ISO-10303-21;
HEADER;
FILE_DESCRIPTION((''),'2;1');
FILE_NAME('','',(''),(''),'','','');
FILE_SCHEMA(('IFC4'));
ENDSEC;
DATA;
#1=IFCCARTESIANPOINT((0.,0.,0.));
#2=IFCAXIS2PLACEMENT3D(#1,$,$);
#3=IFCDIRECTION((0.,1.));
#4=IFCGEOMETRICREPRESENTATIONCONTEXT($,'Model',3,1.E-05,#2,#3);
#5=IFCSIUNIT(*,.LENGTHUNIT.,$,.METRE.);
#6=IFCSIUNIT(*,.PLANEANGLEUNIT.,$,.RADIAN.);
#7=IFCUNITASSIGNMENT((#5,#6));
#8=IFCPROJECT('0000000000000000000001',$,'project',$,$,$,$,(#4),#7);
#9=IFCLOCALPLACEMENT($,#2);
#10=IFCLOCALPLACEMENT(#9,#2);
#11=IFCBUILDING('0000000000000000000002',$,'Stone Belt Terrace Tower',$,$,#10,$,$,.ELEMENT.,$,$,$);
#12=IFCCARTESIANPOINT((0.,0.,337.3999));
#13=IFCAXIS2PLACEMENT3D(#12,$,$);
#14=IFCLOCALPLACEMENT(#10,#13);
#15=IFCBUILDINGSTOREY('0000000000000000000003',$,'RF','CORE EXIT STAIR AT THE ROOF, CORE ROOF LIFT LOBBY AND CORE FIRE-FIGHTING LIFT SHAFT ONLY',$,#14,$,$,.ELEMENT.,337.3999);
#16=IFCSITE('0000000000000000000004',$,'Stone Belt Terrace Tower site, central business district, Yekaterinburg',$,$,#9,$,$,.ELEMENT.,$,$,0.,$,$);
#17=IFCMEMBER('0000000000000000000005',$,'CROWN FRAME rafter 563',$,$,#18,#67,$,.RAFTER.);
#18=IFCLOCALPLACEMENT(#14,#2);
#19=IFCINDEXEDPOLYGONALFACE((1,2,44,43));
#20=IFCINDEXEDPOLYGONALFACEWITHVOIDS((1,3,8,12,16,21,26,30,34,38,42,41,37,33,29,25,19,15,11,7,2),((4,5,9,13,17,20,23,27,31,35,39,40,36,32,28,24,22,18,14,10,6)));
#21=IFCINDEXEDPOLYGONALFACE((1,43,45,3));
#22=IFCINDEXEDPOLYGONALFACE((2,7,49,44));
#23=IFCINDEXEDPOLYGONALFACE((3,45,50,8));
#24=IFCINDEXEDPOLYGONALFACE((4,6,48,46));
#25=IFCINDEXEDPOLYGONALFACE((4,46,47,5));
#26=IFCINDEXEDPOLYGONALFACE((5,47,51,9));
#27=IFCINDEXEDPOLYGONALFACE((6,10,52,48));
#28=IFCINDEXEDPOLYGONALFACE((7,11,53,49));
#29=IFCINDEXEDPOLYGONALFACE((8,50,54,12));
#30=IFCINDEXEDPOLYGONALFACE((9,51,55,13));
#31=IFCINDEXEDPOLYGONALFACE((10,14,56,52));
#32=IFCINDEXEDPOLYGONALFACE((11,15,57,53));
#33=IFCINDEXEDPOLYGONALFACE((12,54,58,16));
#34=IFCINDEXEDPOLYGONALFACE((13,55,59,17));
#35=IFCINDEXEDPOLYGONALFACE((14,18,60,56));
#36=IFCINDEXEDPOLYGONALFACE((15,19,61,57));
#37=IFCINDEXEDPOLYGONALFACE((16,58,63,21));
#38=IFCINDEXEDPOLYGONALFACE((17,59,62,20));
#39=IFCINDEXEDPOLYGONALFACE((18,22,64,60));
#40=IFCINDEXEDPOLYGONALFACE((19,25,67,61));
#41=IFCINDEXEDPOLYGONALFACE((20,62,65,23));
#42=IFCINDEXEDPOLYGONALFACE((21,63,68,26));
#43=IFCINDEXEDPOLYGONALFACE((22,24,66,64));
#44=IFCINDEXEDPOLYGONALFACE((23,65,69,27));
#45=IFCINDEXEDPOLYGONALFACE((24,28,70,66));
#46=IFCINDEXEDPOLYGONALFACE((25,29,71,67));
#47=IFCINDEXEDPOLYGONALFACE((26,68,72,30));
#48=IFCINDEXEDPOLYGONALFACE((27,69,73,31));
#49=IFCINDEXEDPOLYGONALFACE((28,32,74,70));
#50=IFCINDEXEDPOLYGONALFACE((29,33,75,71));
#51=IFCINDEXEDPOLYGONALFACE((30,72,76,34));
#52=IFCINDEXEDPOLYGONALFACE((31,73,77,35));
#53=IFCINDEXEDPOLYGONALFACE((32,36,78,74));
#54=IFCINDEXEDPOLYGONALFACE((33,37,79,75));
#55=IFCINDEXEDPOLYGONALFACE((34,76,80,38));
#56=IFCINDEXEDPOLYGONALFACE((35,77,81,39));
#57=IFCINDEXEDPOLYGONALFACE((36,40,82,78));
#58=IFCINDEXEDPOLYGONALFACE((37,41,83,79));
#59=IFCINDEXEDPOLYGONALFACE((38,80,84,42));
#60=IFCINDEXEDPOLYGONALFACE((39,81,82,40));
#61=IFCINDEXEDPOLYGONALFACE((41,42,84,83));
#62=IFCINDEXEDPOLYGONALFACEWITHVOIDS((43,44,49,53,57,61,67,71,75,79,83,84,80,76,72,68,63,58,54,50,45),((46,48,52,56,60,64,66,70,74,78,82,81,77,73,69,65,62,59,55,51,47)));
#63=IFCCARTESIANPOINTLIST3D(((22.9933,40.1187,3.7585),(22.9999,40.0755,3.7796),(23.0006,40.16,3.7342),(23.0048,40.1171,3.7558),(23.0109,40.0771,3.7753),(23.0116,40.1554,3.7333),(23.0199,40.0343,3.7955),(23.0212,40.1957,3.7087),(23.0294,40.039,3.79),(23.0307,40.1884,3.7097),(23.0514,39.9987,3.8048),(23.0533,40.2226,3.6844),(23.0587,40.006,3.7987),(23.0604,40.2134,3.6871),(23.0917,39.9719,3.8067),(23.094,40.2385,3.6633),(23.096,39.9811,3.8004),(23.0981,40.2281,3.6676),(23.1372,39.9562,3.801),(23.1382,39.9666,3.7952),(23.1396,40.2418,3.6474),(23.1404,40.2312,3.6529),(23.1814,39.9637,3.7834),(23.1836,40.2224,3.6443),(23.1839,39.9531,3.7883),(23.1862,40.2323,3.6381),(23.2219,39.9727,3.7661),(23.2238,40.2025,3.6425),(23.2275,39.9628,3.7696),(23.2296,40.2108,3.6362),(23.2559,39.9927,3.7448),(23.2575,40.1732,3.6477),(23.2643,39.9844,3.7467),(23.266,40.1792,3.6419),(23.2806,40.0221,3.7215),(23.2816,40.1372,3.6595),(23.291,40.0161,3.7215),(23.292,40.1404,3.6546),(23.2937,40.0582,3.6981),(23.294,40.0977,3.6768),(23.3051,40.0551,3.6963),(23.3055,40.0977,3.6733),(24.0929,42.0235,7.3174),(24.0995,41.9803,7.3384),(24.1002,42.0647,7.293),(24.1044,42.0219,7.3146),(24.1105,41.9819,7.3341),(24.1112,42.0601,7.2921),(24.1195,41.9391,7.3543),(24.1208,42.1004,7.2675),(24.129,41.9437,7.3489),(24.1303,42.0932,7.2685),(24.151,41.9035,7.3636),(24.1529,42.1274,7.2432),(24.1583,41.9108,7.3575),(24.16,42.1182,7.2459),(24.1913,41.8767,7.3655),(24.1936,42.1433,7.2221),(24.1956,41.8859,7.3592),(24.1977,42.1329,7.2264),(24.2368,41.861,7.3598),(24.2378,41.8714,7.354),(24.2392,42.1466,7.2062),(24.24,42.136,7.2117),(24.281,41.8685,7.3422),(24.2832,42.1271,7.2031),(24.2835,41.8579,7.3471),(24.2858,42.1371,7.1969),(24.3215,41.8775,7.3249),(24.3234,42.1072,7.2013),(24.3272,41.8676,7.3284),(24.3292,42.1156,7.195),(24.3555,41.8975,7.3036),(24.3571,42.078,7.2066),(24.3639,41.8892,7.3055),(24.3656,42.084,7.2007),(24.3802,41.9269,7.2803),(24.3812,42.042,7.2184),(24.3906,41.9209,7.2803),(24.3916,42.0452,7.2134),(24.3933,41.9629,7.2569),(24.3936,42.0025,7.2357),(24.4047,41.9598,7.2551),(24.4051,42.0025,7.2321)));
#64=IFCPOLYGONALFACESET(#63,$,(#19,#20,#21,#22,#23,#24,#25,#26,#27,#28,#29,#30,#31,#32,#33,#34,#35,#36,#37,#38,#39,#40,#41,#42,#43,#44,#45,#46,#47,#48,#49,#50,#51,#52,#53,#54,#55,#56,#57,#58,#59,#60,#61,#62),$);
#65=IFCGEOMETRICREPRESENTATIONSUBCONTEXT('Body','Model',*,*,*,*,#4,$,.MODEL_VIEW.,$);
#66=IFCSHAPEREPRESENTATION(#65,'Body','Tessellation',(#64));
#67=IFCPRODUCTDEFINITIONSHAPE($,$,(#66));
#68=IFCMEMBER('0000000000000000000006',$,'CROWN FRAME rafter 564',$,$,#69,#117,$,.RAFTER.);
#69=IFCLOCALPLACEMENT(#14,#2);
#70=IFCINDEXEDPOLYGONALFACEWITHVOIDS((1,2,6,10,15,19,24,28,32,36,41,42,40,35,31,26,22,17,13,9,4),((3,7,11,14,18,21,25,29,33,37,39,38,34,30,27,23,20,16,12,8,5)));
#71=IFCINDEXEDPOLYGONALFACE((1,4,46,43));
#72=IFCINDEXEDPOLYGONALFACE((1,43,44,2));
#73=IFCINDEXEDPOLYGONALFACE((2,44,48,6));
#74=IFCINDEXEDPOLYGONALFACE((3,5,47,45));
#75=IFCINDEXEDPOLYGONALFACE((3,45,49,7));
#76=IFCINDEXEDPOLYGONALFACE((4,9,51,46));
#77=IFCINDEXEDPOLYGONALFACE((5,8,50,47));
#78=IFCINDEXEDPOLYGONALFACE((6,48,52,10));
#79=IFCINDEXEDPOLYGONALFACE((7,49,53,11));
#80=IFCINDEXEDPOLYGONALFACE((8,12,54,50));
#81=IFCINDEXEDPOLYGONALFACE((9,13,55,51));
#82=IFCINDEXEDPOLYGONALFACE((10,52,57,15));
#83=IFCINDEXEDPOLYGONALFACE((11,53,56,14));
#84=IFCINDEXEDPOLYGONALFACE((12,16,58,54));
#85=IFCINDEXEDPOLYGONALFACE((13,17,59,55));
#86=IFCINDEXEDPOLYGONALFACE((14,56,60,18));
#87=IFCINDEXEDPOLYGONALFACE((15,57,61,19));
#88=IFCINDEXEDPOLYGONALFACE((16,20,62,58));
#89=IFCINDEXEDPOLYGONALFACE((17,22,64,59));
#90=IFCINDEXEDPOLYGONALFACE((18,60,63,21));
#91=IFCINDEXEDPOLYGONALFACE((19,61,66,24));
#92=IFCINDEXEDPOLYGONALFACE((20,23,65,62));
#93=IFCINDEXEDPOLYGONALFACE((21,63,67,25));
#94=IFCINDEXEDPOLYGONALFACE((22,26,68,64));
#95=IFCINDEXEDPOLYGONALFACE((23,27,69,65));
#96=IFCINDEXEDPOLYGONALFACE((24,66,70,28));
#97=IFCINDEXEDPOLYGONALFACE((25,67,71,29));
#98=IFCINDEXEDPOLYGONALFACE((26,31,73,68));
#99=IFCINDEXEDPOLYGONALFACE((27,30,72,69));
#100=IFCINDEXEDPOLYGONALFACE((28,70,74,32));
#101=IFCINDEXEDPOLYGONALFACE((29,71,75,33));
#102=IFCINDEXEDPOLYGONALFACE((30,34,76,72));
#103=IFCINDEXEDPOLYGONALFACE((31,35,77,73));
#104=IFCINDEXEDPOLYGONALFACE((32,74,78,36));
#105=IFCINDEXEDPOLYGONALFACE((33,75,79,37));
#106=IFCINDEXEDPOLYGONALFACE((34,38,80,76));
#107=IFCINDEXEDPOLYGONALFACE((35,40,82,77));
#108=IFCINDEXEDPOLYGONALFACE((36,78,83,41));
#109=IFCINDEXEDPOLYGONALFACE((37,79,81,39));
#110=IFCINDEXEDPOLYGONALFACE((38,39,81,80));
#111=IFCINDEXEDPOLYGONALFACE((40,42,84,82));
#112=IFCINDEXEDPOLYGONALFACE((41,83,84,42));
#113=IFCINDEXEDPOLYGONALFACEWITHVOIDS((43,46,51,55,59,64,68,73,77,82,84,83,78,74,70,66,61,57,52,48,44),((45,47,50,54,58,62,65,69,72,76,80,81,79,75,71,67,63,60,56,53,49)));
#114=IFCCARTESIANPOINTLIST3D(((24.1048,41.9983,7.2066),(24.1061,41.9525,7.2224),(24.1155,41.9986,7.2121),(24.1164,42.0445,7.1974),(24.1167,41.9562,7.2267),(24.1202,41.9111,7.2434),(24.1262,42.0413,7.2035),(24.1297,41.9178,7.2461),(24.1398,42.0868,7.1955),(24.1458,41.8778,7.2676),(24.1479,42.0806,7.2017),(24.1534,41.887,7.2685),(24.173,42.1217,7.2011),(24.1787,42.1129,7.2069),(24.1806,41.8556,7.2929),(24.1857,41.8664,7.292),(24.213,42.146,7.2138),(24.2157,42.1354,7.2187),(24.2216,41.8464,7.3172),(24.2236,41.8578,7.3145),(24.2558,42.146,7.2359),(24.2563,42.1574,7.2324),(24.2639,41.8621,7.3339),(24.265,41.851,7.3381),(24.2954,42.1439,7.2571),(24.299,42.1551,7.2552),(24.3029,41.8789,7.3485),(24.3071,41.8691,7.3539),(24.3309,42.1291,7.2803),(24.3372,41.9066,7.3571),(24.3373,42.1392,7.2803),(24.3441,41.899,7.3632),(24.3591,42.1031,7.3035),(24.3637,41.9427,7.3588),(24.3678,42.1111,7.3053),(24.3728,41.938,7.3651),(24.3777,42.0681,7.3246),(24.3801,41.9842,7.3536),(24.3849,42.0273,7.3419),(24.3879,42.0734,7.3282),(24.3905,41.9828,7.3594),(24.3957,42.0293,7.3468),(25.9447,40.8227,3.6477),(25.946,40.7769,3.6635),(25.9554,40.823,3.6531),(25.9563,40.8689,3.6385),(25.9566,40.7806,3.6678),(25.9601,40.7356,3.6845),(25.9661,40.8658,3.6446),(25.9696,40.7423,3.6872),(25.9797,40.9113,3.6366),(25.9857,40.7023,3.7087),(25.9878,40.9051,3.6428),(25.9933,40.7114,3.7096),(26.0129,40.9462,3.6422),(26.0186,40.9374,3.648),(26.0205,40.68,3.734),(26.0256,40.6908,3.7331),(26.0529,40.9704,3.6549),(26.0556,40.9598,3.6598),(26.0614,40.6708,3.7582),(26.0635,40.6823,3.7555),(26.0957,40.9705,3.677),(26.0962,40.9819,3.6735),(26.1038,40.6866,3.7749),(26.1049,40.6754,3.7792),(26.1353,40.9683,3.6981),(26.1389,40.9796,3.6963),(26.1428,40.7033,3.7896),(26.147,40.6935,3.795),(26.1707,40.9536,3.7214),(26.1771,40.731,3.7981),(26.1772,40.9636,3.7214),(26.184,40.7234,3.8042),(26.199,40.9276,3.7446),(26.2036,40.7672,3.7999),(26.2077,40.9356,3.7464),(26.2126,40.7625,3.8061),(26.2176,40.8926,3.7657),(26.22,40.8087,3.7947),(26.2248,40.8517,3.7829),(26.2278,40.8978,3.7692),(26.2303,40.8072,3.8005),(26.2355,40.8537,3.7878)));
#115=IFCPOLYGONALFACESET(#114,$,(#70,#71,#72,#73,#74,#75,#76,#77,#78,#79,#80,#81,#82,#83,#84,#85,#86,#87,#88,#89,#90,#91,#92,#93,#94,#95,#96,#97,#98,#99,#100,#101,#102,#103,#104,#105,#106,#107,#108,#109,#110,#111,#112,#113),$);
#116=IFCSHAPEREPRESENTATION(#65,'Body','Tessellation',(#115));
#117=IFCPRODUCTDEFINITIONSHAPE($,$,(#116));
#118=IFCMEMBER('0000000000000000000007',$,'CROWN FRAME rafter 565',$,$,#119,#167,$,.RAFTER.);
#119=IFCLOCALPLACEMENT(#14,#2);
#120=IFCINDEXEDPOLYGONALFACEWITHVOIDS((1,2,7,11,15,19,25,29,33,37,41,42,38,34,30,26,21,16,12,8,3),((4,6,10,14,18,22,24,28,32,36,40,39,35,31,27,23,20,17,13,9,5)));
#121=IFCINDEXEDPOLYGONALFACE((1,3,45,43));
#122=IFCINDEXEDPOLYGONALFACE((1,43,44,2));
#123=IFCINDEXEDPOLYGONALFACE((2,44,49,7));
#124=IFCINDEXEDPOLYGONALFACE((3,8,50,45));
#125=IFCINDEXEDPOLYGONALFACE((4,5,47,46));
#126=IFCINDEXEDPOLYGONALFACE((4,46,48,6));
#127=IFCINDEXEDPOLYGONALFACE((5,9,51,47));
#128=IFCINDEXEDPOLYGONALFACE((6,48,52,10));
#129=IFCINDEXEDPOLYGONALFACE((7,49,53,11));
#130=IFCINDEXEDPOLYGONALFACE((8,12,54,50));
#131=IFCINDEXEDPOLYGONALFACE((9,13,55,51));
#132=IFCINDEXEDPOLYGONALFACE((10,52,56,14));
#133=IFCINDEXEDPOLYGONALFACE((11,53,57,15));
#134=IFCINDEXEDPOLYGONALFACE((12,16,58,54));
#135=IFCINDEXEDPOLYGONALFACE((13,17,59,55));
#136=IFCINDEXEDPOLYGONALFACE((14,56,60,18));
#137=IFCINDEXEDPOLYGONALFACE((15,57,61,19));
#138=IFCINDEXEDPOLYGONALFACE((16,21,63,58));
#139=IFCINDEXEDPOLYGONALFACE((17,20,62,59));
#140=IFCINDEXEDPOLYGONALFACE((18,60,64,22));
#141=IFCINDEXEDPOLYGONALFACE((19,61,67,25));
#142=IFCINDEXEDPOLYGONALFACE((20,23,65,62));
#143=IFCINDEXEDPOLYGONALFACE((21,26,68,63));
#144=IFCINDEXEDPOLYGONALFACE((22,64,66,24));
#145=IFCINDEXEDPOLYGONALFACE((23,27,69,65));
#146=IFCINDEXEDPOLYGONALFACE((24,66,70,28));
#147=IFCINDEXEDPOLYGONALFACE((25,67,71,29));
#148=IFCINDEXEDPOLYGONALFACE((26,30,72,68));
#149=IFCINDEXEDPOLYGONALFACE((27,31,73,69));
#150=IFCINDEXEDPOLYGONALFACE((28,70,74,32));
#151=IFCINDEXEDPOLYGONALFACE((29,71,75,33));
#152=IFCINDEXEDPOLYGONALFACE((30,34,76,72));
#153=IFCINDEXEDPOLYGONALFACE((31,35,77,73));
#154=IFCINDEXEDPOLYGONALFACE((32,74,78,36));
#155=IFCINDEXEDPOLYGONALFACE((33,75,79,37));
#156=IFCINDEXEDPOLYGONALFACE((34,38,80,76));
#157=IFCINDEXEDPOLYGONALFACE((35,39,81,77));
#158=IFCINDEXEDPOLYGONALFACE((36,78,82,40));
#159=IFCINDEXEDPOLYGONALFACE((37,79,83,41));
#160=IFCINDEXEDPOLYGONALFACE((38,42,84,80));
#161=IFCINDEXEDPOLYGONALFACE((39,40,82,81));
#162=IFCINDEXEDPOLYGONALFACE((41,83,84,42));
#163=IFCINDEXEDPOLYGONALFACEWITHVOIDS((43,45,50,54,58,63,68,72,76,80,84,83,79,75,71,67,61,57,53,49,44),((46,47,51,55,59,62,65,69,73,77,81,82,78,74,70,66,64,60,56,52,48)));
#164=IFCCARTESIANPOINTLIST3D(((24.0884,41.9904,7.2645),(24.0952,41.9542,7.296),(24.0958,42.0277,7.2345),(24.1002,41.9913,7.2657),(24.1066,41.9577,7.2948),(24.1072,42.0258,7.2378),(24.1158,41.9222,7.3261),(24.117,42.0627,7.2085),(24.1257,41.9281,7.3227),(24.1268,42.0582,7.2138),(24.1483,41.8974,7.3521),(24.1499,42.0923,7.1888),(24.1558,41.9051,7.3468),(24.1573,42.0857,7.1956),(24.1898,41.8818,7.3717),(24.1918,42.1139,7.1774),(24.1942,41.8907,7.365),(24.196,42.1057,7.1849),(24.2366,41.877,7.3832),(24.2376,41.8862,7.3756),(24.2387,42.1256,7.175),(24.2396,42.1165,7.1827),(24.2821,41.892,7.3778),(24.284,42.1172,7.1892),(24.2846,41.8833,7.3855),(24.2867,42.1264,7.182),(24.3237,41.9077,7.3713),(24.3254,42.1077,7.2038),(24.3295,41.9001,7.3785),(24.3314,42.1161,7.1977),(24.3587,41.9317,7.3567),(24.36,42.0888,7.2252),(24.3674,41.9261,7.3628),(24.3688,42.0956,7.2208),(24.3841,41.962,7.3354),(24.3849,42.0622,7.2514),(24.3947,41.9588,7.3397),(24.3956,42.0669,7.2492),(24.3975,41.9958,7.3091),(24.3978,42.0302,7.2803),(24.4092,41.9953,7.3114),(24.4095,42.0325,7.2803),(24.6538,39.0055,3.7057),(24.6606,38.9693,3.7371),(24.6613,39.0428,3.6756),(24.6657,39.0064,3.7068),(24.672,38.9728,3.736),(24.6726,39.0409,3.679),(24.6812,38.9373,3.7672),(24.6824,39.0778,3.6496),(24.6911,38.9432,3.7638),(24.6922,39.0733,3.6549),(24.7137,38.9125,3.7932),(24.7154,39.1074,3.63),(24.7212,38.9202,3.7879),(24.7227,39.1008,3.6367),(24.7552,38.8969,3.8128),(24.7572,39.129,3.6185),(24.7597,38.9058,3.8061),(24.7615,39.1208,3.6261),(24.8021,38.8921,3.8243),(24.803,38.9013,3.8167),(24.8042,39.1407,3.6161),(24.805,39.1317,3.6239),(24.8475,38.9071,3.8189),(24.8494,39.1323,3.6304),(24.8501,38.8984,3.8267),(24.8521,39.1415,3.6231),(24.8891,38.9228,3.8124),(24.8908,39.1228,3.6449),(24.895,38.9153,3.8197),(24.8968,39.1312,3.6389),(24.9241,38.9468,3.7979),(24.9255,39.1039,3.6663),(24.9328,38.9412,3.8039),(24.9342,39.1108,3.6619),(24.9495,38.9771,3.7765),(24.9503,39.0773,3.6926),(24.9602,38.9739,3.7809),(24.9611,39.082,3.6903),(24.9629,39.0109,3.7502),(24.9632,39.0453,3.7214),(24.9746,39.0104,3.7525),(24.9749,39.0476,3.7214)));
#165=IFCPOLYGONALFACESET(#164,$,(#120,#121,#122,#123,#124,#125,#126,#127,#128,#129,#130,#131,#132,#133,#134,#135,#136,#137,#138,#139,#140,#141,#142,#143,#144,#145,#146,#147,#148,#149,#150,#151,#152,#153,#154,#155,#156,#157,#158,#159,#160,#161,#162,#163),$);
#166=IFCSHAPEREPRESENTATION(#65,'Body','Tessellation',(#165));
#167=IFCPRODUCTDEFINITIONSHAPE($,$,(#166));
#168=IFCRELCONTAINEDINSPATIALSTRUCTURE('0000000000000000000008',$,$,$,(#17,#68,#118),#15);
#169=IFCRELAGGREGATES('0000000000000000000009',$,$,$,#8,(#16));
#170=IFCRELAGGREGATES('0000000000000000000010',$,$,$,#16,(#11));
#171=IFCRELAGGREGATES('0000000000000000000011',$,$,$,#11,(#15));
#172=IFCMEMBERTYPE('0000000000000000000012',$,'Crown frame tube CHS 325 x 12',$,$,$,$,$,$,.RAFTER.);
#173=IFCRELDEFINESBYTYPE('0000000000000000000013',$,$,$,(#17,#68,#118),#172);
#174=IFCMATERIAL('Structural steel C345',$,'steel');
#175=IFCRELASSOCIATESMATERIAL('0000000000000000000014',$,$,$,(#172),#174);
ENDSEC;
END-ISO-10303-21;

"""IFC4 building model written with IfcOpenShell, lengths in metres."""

from ifc_helpers import new_model, si_unit, direction, frame, origin, origin_2d, place, context, subcontext, project, spatial, hollow_circle, extrude, material, material_profile, profile_set, type_object, element, save


model = new_model("IFC4")

# Units and contexts
model_context = context("Model", 3, precision=1e-05, world=origin(), true_north=direction((0.0, 1.0)))
body_context = subcontext(model_context, "Body", "Model", "MODEL_VIEW")
ifc_project = project(units=[si_unit("LENGTHUNIT", "METRE"), si_unit("PLANEANGLEUNIT", "RADIAN")], contexts=[model_context])

# Site, building, storey
site_placement = place(None, origin())
site = spatial("IfcSite", under=ifc_project, at=site_placement, Name="Stone Belt Terrace Tower site, central business district, Yekaterinburg", CompositionType="ELEMENT", RefElevation=0.0)
building_placement = place(site_placement, origin())
building = spatial("IfcBuilding", under=site, at=building_placement, Name="Stone Belt Terrace Tower", CompositionType="ELEMENT")
storey_placement = place(building_placement, frame((0.0, 0.0, 337.3999)))
storey = spatial("IfcBuildingStorey", under=building, at=storey_placement, Name="RF", Description="CORE EXIT STAIR AT THE ROOF, CORE ROOF LIFT LOBBY AND CORE FIRE-FIGHTING LIFT SHAFT ONLY", CompositionType="ELEMENT", Elevation=337.3999)

# Members
ifc_material_1 = material(Name="Structural steel C345", Category="steel")
ifc_material_profile_1 = material_profile(ifc_material_1, hollow_circle(Radius=0.1626, WallThickness=0.012, at=origin_2d()), Name="Structural steel C345 CHS 325x12")
ifc_profile_set_1 = profile_set([ifc_material_profile_1], Name="Structural steel C345")
member_type_1 = type_object("IfcMemberType", Name="Crown frame tube CHS 325 x 12", PredefinedType="RAFTER", material=ifc_profile_set_1)
member_1_placement = place(storey_placement, frame((24.2498, 42.0022, 7.2803), z_axis=(-0.262837, -0.455296, -0.85066), x_axis=(0.866049, -0.499959, 0.0)))
element("IfcMember", 1, at=member_1_placement, inside=storey, type_object=member_type_1, Name="CROWN FRAME rafter 563", PredefinedType="RAFTER", context=body_context, shape_type="SweptSolid", body=[
    extrude(hollow_circle(Radius=0.1626, WallThickness=0.012, at=origin_2d()), origin(), (0.0, 0.0, 1.0), 4.1836),
])
member_2_placement = place(storey_placement, frame((24.2498, 42.0022, 7.2803), z_axis=(0.440661, -0.281553, -0.852377), x_axis=(0.538416, 0.842679, 0.0)))
element("IfcMember", 2, at=member_2_placement, inside=storey, type_object=member_type_1, Name="CROWN FRAME rafter 564", PredefinedType="RAFTER", context=body_context, shape_type="SweptSolid", body=[
    extrude(hollow_circle(Radius=0.1626, WallThickness=0.012, at=origin_2d()), origin(), (0.0, 0.0, 1.0), 4.1753),
])
member_3_placement = place(storey_placement, frame((24.2498, 42.0022, 7.2803), z_axis=(0.12084, -0.637907, -0.760574), x_axis=(0.982527, 0.186122, 0.0)))
element("IfcMember", 3, at=member_3_placement, inside=storey, type_object=member_type_1, Name="CROWN FRAME rafter 565", PredefinedType="RAFTER", context=body_context, shape_type="SweptSolid", body=[
    extrude(hollow_circle(Radius=0.1626, WallThickness=0.012, at=origin_2d()), origin(), (0.0, 0.0, 1.0), 4.6792),
])

save(model, "model.ifc")
